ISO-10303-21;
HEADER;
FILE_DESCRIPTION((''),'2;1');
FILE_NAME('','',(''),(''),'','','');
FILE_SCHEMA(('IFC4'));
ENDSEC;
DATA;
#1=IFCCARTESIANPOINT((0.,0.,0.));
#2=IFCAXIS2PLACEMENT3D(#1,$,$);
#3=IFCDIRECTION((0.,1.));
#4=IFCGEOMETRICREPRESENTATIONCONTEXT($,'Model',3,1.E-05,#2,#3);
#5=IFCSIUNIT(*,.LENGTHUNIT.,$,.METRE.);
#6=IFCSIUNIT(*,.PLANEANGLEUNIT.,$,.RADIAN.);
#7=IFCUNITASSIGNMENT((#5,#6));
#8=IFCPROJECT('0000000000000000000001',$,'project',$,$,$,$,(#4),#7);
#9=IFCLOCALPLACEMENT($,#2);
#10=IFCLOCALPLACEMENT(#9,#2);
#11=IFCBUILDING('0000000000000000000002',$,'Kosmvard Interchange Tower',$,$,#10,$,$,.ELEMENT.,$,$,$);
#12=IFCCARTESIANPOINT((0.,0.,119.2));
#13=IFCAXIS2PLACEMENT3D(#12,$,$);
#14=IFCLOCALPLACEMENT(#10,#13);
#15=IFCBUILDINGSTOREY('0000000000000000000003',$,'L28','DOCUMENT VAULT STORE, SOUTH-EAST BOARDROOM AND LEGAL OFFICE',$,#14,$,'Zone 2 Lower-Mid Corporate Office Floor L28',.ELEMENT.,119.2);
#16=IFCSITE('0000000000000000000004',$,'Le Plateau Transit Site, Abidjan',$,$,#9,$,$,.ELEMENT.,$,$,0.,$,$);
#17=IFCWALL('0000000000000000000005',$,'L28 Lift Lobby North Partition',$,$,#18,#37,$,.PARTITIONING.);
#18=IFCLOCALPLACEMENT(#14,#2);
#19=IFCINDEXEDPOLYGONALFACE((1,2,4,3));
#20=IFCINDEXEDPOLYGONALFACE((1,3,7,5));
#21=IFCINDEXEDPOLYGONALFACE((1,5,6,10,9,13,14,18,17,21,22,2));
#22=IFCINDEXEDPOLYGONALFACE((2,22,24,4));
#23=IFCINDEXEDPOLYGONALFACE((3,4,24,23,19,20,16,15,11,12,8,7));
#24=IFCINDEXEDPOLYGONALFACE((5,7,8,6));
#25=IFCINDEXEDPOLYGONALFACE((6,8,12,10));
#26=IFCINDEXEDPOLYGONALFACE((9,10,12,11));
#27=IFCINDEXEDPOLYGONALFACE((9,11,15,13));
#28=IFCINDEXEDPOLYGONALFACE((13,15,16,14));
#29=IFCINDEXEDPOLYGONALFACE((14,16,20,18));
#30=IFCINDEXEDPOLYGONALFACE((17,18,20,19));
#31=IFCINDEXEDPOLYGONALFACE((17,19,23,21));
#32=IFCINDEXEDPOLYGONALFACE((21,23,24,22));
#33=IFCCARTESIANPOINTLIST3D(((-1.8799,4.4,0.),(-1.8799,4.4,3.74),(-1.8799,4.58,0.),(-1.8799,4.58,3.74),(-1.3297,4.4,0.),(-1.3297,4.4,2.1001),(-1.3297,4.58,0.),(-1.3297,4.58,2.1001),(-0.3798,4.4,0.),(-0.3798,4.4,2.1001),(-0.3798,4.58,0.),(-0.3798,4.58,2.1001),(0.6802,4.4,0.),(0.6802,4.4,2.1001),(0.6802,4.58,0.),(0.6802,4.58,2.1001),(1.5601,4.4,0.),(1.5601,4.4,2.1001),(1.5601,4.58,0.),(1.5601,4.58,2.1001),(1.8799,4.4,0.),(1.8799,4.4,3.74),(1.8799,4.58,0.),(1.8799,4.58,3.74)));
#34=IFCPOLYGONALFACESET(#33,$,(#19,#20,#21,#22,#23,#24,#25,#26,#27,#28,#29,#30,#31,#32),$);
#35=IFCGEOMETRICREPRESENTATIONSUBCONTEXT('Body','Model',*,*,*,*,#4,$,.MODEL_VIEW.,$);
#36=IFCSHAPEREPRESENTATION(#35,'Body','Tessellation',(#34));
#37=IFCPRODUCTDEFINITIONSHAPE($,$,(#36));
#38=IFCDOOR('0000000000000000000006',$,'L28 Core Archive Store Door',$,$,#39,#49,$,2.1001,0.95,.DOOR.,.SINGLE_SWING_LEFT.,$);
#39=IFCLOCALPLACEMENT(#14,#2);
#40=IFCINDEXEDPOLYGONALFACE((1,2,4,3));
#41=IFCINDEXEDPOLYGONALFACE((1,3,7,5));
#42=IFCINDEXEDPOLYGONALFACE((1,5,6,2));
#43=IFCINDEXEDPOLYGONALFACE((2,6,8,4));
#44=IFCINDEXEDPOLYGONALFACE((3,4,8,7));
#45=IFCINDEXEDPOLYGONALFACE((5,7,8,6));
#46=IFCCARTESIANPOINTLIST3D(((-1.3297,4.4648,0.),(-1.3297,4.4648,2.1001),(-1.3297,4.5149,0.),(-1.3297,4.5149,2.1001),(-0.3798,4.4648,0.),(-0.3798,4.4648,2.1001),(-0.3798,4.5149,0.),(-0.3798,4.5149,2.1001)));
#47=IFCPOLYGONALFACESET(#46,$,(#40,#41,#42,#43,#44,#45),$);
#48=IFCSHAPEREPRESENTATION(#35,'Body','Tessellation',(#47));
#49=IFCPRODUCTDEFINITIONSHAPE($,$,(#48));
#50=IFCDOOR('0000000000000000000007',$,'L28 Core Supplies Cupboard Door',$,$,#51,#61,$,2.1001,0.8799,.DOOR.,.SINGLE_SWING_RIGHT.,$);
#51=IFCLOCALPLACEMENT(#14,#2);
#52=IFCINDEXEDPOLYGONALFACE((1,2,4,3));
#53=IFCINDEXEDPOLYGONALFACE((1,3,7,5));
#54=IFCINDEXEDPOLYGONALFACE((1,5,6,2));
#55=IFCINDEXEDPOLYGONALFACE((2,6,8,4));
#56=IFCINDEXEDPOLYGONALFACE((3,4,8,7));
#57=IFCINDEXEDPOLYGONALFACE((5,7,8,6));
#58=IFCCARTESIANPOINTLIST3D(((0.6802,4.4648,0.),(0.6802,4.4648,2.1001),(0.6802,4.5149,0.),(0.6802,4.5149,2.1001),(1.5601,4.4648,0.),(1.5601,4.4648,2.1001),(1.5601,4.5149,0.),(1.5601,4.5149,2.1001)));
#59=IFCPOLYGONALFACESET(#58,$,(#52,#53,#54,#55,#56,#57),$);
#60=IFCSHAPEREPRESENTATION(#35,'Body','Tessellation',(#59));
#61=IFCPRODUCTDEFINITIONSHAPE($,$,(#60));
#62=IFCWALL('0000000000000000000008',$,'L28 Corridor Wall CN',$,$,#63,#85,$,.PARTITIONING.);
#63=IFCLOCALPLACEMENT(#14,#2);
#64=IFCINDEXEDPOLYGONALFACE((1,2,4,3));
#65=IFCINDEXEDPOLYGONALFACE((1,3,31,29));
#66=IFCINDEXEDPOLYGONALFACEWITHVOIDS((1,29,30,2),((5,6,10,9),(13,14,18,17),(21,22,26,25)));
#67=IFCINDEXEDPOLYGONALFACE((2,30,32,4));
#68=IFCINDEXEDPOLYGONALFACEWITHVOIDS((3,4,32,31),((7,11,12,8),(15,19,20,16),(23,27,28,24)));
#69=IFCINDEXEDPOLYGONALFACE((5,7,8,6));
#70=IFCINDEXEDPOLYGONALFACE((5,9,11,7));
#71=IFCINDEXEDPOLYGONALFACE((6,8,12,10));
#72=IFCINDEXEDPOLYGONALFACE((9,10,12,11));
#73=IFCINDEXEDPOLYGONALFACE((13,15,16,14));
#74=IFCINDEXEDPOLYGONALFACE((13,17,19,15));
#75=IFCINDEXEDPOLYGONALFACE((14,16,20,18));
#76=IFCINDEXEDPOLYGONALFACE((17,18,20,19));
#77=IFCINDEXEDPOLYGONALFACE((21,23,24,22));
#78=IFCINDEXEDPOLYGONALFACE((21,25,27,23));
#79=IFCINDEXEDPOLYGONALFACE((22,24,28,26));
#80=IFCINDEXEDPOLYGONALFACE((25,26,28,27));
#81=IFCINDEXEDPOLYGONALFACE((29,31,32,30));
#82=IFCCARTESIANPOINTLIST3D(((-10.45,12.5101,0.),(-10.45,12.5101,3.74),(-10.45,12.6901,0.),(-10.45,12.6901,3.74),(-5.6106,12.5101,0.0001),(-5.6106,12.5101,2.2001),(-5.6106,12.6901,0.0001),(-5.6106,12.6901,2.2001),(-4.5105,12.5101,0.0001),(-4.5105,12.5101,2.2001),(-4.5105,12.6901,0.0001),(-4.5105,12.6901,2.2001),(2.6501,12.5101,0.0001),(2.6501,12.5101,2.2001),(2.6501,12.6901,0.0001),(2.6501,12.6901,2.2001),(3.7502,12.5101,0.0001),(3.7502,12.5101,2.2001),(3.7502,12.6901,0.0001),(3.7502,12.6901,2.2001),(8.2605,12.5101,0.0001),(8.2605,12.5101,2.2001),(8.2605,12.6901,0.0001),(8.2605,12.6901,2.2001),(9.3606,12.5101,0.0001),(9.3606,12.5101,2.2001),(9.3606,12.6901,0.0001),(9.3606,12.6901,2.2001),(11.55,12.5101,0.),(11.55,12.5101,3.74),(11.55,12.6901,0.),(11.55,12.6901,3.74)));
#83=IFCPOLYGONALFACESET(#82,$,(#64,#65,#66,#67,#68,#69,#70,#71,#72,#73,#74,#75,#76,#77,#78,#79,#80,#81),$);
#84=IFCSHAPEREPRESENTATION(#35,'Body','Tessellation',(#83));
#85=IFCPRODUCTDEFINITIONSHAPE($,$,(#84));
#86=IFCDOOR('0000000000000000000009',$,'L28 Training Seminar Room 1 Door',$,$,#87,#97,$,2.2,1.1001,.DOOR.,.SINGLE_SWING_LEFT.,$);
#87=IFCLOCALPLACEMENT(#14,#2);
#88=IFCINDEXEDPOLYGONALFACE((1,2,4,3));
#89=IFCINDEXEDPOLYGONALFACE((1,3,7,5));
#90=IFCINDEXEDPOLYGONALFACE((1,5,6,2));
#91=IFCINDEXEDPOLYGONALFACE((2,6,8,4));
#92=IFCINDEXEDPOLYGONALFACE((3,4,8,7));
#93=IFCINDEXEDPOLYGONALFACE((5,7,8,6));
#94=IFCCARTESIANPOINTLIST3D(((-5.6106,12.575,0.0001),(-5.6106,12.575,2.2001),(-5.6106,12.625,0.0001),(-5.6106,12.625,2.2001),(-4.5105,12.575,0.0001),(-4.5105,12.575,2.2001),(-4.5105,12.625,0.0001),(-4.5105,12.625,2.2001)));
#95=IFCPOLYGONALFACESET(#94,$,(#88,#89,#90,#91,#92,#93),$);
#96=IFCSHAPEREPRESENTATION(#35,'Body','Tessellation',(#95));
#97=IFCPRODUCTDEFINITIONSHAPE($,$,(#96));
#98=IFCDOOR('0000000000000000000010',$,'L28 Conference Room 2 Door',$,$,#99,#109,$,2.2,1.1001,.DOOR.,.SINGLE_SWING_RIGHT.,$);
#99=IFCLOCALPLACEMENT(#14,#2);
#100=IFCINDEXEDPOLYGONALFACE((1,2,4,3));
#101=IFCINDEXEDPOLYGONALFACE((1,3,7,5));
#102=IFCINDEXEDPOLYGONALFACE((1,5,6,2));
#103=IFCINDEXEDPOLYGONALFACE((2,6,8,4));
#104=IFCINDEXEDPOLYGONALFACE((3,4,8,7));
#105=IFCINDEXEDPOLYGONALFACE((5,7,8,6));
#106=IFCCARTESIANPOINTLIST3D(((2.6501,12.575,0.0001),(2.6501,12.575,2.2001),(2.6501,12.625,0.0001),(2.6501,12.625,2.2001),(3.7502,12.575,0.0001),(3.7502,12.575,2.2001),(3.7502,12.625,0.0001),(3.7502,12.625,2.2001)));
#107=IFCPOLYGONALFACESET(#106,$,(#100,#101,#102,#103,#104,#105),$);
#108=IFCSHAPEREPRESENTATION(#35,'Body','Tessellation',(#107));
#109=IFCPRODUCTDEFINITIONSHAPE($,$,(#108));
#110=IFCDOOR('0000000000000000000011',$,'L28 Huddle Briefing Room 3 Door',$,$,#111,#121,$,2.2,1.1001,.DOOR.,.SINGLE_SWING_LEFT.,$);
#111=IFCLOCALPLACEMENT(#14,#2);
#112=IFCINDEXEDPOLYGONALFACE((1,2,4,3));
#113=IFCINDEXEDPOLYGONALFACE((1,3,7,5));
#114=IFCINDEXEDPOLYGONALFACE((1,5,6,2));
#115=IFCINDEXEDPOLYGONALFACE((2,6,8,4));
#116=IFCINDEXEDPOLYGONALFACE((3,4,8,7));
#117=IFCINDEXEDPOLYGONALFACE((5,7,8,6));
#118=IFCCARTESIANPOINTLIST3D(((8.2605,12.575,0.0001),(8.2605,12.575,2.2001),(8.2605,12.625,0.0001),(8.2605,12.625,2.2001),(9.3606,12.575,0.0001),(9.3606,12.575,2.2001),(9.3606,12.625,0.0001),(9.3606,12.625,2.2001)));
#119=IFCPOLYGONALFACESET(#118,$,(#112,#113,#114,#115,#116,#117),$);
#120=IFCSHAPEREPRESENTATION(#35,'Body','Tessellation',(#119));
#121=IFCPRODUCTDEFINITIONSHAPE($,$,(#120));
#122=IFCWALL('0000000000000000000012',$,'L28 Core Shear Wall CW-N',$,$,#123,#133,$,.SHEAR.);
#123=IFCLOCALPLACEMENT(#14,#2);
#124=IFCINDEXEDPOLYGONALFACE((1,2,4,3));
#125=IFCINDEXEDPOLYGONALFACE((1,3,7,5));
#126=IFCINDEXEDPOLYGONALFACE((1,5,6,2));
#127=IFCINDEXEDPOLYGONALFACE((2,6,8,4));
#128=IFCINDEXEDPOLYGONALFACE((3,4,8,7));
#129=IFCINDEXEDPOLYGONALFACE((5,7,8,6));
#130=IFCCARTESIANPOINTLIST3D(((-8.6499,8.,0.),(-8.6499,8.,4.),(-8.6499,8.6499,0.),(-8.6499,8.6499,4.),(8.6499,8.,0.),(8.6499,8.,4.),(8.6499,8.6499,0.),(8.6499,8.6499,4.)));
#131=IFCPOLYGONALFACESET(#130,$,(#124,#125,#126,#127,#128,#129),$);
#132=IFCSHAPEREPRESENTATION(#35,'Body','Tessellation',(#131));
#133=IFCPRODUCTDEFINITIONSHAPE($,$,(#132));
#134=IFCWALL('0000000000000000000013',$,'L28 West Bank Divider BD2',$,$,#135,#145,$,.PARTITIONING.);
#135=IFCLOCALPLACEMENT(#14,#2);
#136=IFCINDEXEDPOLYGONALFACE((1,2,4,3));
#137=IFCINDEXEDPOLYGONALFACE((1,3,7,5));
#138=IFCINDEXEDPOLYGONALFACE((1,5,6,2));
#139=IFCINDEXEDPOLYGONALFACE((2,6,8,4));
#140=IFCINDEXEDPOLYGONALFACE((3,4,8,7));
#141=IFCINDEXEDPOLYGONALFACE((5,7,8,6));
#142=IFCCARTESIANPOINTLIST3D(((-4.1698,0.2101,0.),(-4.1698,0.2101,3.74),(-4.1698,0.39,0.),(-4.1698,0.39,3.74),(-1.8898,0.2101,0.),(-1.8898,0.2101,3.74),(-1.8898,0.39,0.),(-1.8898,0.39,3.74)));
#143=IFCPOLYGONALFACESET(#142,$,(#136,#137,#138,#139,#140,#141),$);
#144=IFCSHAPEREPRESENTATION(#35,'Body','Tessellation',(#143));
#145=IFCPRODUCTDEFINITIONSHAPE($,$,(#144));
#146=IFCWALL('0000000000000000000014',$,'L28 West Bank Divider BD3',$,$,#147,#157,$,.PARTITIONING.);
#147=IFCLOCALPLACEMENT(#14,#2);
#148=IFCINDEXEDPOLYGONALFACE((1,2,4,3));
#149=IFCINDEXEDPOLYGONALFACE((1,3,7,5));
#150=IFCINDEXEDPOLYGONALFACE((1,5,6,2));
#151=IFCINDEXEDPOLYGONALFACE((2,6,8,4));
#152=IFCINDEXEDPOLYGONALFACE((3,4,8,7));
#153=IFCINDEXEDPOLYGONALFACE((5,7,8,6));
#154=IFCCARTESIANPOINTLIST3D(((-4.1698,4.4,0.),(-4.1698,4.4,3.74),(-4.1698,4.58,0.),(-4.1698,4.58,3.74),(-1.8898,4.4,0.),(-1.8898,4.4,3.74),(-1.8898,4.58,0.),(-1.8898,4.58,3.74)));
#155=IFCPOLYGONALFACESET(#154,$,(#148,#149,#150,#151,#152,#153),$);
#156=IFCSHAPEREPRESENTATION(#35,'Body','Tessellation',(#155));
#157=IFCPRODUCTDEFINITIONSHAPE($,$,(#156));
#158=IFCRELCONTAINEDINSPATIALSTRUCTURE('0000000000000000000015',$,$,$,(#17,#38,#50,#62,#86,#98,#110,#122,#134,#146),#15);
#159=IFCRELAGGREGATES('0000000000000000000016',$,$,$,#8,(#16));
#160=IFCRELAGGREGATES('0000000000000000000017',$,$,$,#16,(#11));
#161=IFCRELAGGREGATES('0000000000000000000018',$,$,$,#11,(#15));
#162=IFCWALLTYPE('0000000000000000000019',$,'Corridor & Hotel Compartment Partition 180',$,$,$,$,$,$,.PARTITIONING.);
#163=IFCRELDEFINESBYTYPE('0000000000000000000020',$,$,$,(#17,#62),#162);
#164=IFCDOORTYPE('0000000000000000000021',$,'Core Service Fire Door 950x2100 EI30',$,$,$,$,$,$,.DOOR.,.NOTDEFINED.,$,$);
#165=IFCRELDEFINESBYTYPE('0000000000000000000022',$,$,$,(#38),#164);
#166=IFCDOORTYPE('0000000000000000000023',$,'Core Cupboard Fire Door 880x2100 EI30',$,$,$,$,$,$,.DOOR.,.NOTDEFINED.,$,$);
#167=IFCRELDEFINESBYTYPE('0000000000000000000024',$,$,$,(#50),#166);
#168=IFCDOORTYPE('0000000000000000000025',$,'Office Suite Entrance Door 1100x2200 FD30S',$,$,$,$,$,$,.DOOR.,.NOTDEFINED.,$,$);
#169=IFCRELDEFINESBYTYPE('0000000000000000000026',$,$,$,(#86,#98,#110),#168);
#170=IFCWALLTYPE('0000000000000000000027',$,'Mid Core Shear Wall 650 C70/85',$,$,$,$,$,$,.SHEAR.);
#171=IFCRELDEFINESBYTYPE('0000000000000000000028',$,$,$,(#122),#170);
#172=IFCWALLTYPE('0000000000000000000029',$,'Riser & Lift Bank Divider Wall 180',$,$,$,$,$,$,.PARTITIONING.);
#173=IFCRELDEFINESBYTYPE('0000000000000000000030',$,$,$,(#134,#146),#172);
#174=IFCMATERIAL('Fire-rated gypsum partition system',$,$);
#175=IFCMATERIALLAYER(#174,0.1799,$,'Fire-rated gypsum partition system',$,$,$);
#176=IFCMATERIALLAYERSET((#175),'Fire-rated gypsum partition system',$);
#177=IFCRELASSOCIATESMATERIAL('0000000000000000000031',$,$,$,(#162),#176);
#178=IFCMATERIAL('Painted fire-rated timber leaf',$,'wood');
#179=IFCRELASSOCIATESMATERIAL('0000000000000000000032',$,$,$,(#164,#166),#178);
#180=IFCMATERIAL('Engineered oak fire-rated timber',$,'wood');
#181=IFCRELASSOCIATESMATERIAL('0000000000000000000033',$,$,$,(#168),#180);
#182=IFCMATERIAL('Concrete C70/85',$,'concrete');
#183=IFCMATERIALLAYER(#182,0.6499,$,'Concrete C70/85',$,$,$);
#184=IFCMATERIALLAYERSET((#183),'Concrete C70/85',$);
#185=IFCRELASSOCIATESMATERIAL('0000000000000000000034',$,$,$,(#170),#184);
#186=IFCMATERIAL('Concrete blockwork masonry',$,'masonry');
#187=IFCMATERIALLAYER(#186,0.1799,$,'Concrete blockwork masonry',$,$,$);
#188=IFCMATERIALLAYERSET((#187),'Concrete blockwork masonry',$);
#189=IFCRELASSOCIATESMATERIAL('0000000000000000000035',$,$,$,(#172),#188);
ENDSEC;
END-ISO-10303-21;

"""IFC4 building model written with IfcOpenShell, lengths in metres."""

from ifc_helpers import new_model, si_unit, direction, frame, frame_2d, origin, place, context, subcontext, project, spatial, rectangle, extrude, source, transform, mapped, material, layer, layer_set, type_object, element, fill, save


model = new_model("IFC4")

# Units and contexts
model_context = context("Model", 3, precision=1e-05, world=origin(), true_north=direction((0.0, 1.0)))
body_context = subcontext(model_context, "Body", "Model", "MODEL_VIEW")
ifc_project = project(units=[si_unit("LENGTHUNIT", "METRE"), si_unit("PLANEANGLEUNIT", "RADIAN")], contexts=[model_context])

# Site, building, storey
site_placement = place(None, origin())
site = spatial("IfcSite", under=ifc_project, at=site_placement, Name="Le Plateau Transit Site, Abidjan", CompositionType="ELEMENT", RefElevation=0.0)
building_placement = place(site_placement, origin())
building = spatial("IfcBuilding", under=site, at=building_placement, Name="Kosmvard Interchange Tower", CompositionType="ELEMENT")
storey_placement = place(building_placement, frame((0.0, 0.0, 119.2)))
storey = spatial("IfcBuildingStorey", under=building, at=storey_placement, Name="L28", Description="DOCUMENT VAULT STORE, SOUTH-EAST BOARDROOM AND LEGAL OFFICE", LongName="Zone 2 Lower-Mid Corporate Office Floor L28", CompositionType="ELEMENT", Elevation=119.2)

# Shared definitions
ifc_material_1 = material(Name="Fire-rated gypsum partition system")

# Walls, openings, doors
ifc_layer_1 = layer(ifc_material_1, 0.1799, Name="Fire-rated gypsum partition system")
ifc_layer_set_1 = layer_set([ifc_layer_1], Name="Fire-rated gypsum partition system")
wall_type_1 = type_object("IfcWallType", Name="Corridor & Hotel Compartment Partition 180", PredefinedType="PARTITIONING", material=ifc_layer_set_1)
wall_1_placement = place(storey_placement, frame((-1.8799, 4.49, 0.0), z_axis=(0.0, 0.0, 1.0), x_axis=(1.0, 0.0, 0.0)))
wall_1 = element("IfcWall", 1, at=wall_1_placement, inside=storey, type_object=wall_type_1, Name="L28 Lift Lobby North Partition", PredefinedType="PARTITIONING", context=body_context, shape_type="SweptSolid", body=[
    extrude(rectangle(XDim=3.7598, YDim=0.1799, at=frame_2d((1.8799, 0.0))), origin(), (0.0, 0.0, 1.0), 3.74),
])
opening_1_placement = place(wall_1_placement, frame((0.55, 0.0, 0.0)))
opening_1 = element("IfcOpeningElement", 2, at=opening_1_placement, cuts=wall_1, PredefinedType="OPENING", context=body_context, shape_type="SweptSolid", body=[
    extrude(rectangle(XDim=0.95, YDim=2.1001, at=frame_2d((0.4751, 1.05))), frame((0.0, 0.1001, 0.0), z_axis=(0.0, -1.0, 0.0), x_axis=(1.0, 0.0, 0.0)), (0.0, 0.0, 1.0), 0.2),
])
opening_2_placement = place(wall_1_placement, frame((2.5601, 0.0, 0.0)))
opening_2 = element("IfcOpeningElement", 3, at=opening_2_placement, cuts=wall_1, PredefinedType="OPENING", context=body_context, shape_type="SweptSolid", body=[
    extrude(rectangle(XDim=0.8799, YDim=2.1001, at=frame_2d((0.4399, 1.05))), frame((0.0, 0.1001, 0.0), z_axis=(0.0, -1.0, 0.0), x_axis=(1.0, 0.0, 0.0)), (0.0, 0.0, 1.0), 0.2),
])
ifc_material_2 = material(Name="Painted fire-rated timber leaf", Category="wood")
door_type_1 = type_object("IfcDoorType", Name="Core Service Fire Door 950x2100 EI30", OperationType="NOTDEFINED", PredefinedType="DOOR", material=ifc_material_2)
shared_shape_1 = source(origin(), body_context, "Body", "SweptSolid", [
    extrude(rectangle(XDim=0.95, YDim=2.1001, at=frame_2d((0.4751, 1.05))), frame((0.0, 0.0249, 0.0), z_axis=(0.0, -1.0, 0.0), x_axis=(1.0, 0.0, 0.0)), (0.0, 0.0, 1.0), 0.05),
])
door_1_placement = place(opening_1_placement, origin())
door_1 = element("IfcDoor", 4, at=door_1_placement, inside=storey, type_object=door_type_1, Name="L28 Core Archive Store Door", OperationType="SINGLE_SWING_LEFT", OverallHeight=2.1001, OverallWidth=0.95, PredefinedType="DOOR", context=body_context, shape_type="MappedRepresentation", body=[
    mapped(shared_shape_1, transform((0.0, 0.0, 0.0), scale=1.0)),
])
fill(opening_1, door_1)
door_type_2 = type_object("IfcDoorType", Name="Core Cupboard Fire Door 880x2100 EI30", OperationType="NOTDEFINED", PredefinedType="DOOR", material=ifc_material_2)
shared_shape_2 = source(origin(), body_context, "Body", "SweptSolid", [
    extrude(rectangle(XDim=0.8799, YDim=2.1001, at=frame_2d((0.4399, 1.05))), frame((0.0, 0.0249, 0.0), z_axis=(0.0, -1.0, 0.0), x_axis=(1.0, 0.0, 0.0)), (0.0, 0.0, 1.0), 0.05),
])
door_2_placement = place(opening_2_placement, origin())
door_2 = element("IfcDoor", 5, at=door_2_placement, inside=storey, type_object=door_type_2, Name="L28 Core Supplies Cupboard Door", OperationType="SINGLE_SWING_RIGHT", OverallHeight=2.1001, OverallWidth=0.8799, PredefinedType="DOOR", context=body_context, shape_type="MappedRepresentation", body=[
    mapped(shared_shape_2, transform((0.0, 0.0, 0.0), scale=1.0)),
])
fill(opening_2, door_2)
wall_2_placement = place(storey_placement, frame((-10.45, 12.6001, 0.0), z_axis=(0.0, 0.0, 1.0), x_axis=(1.0, 0.0, 0.0)))
wall_2 = element("IfcWall", 6, at=wall_2_placement, inside=storey, type_object=wall_type_1, Name="L28 Corridor Wall CN", PredefinedType="PARTITIONING", context=body_context, shape_type="SweptSolid", body=[
    extrude(rectangle(XDim=22.0, YDim=0.1799, at=frame_2d((11.0, 0.0))), origin(), (0.0, 0.0, 1.0), 3.74),
])
opening_3_placement = place(wall_2_placement, frame((4.8394, 0.0, 0.0)))
opening_3 = element("IfcOpeningElement", 7, at=opening_3_placement, cuts=wall_2, PredefinedType="OPENING", context=body_context, shape_type="SweptSolid", body=[
    extrude(rectangle(XDim=1.1001, YDim=2.2, at=frame_2d((0.55, 1.1001))), frame((0.0, 0.1001, 0.0), z_axis=(0.0, -1.0, 0.0), x_axis=(1.0, 0.0, 0.0)), (0.0, 0.0, 1.0), 0.2),
])
opening_4_placement = place(wall_2_placement, frame((13.1001, 0.0, 0.0)))
opening_4 = element("IfcOpeningElement", 8, at=opening_4_placement, cuts=wall_2, PredefinedType="OPENING", context=body_context, shape_type="SweptSolid", body=[
    extrude(rectangle(XDim=1.1001, YDim=2.2, at=frame_2d((0.55, 1.1001))), frame((0.0, 0.1001, 0.0), z_axis=(0.0, -1.0, 0.0), x_axis=(1.0, 0.0, 0.0)), (0.0, 0.0, 1.0), 0.2),
])
opening_5_placement = place(wall_2_placement, frame((18.7104, 0.0, 0.0)))
opening_5 = element("IfcOpeningElement", 9, at=opening_5_placement, cuts=wall_2, PredefinedType="OPENING", context=body_context, shape_type="SweptSolid", body=[
    extrude(rectangle(XDim=1.1001, YDim=2.2, at=frame_2d((0.55, 1.1001))), frame((0.0, 0.1001, 0.0), z_axis=(0.0, -1.0, 0.0), x_axis=(1.0, 0.0, 0.0)), (0.0, 0.0, 1.0), 0.2),
])
ifc_material_3 = material(Name="Engineered oak fire-rated timber", Category="wood")
door_type_3 = type_object("IfcDoorType", Name="Office Suite Entrance Door 1100x2200 FD30S", OperationType="NOTDEFINED", PredefinedType="DOOR", material=ifc_material_3)
shared_shape_3 = source(origin(), body_context, "Body", "SweptSolid", [
    extrude(rectangle(XDim=1.1001, YDim=2.2, at=frame_2d((0.55, 1.1001))), frame((0.0, 0.0249, 0.0), z_axis=(0.0, -1.0, 0.0), x_axis=(1.0, 0.0, 0.0)), (0.0, 0.0, 1.0), 0.05),
])
door_3_placement = place(opening_3_placement, origin())
door_3 = element("IfcDoor", 10, at=door_3_placement, inside=storey, type_object=door_type_3, Name="L28 Training Seminar Room 1 Door", OperationType="SINGLE_SWING_LEFT", OverallHeight=2.2, OverallWidth=1.1001, PredefinedType="DOOR", context=body_context, shape_type="MappedRepresentation", body=[
    mapped(shared_shape_3, transform((0.0, 0.0, 0.0), scale=1.0)),
])
fill(opening_3, door_3)
door_4_placement = place(opening_4_placement, origin())
door_4 = element("IfcDoor", 11, at=door_4_placement, inside=storey, type_object=door_type_3, Name="L28 Conference Room 2 Door", OperationType="SINGLE_SWING_RIGHT", OverallHeight=2.2, OverallWidth=1.1001, PredefinedType="DOOR", context=body_context, shape_type="MappedRepresentation", body=[
    mapped(shared_shape_3, transform((0.0, 0.0, 0.0), scale=1.0)),
])
fill(opening_4, door_4)
door_5_placement = place(opening_5_placement, origin())
door_5 = element("IfcDoor", 12, at=door_5_placement, inside=storey, type_object=door_type_3, Name="L28 Huddle Briefing Room 3 Door", OperationType="SINGLE_SWING_LEFT", OverallHeight=2.2, OverallWidth=1.1001, PredefinedType="DOOR", context=body_context, shape_type="MappedRepresentation", body=[
    mapped(shared_shape_3, transform((0.0, 0.0, 0.0), scale=1.0)),
])
fill(opening_5, door_5)

# Walls
ifc_material_4 = material(Name="Concrete C70/85", Category="concrete")
ifc_layer_2 = layer(ifc_material_4, 0.6499, Name="Concrete C70/85")
ifc_layer_set_2 = layer_set([ifc_layer_2], Name="Concrete C70/85")
wall_type_2 = type_object("IfcWallType", Name="Mid Core Shear Wall 650 C70/85", PredefinedType="SHEAR", material=ifc_layer_set_2)
wall_3_placement = place(storey_placement, frame((-8.6499, 8.325, 0.0), z_axis=(0.0, 0.0, 1.0), x_axis=(1.0, 0.0, 0.0)))
element("IfcWall", 13, at=wall_3_placement, inside=storey, type_object=wall_type_2, Name="L28 Core Shear Wall CW-N", PredefinedType="SHEAR", context=body_context, shape_type="SweptSolid", body=[
    extrude(rectangle(XDim=17.2998, YDim=0.6499, at=frame_2d((8.6499, 0.0))), origin(), (0.0, 0.0, 1.0), 4.0),
])
ifc_material_5 = material(Name="Concrete blockwork masonry", Category="masonry")
ifc_layer_3 = layer(ifc_material_5, 0.1799, Name="Concrete blockwork masonry")
ifc_layer_set_3 = layer_set([ifc_layer_3], Name="Concrete blockwork masonry")
wall_type_3 = type_object("IfcWallType", Name="Riser & Lift Bank Divider Wall 180", PredefinedType="PARTITIONING", material=ifc_layer_set_3)
for number, where, z_axis, x_axis, name in (
    (14, (-4.1699, 0.3, 0.0), (0.0, 0.0, 1.0), (1.0, 0.0, 0.0), "L28 West Bank Divider BD2"),
    (15, (-4.1699, 4.49, 0.0), (0.0, 0.0, 1.0), (1.0, 0.0, 0.0), "L28 West Bank Divider BD3"),
):
    element("IfcWall", number, at=place(storey_placement, frame(where, z_axis=z_axis, x_axis=x_axis)), inside=storey, type_object=wall_type_3, Name=name, PredefinedType="PARTITIONING", context=body_context, shape_type="SweptSolid", body=[
        extrude(rectangle(XDim=2.28, YDim=0.1799, at=frame_2d((1.1401, 0.0))), origin(), (0.0, 0.0, 1.0), 3.74),
    ])

save(model, "model.ifc")
